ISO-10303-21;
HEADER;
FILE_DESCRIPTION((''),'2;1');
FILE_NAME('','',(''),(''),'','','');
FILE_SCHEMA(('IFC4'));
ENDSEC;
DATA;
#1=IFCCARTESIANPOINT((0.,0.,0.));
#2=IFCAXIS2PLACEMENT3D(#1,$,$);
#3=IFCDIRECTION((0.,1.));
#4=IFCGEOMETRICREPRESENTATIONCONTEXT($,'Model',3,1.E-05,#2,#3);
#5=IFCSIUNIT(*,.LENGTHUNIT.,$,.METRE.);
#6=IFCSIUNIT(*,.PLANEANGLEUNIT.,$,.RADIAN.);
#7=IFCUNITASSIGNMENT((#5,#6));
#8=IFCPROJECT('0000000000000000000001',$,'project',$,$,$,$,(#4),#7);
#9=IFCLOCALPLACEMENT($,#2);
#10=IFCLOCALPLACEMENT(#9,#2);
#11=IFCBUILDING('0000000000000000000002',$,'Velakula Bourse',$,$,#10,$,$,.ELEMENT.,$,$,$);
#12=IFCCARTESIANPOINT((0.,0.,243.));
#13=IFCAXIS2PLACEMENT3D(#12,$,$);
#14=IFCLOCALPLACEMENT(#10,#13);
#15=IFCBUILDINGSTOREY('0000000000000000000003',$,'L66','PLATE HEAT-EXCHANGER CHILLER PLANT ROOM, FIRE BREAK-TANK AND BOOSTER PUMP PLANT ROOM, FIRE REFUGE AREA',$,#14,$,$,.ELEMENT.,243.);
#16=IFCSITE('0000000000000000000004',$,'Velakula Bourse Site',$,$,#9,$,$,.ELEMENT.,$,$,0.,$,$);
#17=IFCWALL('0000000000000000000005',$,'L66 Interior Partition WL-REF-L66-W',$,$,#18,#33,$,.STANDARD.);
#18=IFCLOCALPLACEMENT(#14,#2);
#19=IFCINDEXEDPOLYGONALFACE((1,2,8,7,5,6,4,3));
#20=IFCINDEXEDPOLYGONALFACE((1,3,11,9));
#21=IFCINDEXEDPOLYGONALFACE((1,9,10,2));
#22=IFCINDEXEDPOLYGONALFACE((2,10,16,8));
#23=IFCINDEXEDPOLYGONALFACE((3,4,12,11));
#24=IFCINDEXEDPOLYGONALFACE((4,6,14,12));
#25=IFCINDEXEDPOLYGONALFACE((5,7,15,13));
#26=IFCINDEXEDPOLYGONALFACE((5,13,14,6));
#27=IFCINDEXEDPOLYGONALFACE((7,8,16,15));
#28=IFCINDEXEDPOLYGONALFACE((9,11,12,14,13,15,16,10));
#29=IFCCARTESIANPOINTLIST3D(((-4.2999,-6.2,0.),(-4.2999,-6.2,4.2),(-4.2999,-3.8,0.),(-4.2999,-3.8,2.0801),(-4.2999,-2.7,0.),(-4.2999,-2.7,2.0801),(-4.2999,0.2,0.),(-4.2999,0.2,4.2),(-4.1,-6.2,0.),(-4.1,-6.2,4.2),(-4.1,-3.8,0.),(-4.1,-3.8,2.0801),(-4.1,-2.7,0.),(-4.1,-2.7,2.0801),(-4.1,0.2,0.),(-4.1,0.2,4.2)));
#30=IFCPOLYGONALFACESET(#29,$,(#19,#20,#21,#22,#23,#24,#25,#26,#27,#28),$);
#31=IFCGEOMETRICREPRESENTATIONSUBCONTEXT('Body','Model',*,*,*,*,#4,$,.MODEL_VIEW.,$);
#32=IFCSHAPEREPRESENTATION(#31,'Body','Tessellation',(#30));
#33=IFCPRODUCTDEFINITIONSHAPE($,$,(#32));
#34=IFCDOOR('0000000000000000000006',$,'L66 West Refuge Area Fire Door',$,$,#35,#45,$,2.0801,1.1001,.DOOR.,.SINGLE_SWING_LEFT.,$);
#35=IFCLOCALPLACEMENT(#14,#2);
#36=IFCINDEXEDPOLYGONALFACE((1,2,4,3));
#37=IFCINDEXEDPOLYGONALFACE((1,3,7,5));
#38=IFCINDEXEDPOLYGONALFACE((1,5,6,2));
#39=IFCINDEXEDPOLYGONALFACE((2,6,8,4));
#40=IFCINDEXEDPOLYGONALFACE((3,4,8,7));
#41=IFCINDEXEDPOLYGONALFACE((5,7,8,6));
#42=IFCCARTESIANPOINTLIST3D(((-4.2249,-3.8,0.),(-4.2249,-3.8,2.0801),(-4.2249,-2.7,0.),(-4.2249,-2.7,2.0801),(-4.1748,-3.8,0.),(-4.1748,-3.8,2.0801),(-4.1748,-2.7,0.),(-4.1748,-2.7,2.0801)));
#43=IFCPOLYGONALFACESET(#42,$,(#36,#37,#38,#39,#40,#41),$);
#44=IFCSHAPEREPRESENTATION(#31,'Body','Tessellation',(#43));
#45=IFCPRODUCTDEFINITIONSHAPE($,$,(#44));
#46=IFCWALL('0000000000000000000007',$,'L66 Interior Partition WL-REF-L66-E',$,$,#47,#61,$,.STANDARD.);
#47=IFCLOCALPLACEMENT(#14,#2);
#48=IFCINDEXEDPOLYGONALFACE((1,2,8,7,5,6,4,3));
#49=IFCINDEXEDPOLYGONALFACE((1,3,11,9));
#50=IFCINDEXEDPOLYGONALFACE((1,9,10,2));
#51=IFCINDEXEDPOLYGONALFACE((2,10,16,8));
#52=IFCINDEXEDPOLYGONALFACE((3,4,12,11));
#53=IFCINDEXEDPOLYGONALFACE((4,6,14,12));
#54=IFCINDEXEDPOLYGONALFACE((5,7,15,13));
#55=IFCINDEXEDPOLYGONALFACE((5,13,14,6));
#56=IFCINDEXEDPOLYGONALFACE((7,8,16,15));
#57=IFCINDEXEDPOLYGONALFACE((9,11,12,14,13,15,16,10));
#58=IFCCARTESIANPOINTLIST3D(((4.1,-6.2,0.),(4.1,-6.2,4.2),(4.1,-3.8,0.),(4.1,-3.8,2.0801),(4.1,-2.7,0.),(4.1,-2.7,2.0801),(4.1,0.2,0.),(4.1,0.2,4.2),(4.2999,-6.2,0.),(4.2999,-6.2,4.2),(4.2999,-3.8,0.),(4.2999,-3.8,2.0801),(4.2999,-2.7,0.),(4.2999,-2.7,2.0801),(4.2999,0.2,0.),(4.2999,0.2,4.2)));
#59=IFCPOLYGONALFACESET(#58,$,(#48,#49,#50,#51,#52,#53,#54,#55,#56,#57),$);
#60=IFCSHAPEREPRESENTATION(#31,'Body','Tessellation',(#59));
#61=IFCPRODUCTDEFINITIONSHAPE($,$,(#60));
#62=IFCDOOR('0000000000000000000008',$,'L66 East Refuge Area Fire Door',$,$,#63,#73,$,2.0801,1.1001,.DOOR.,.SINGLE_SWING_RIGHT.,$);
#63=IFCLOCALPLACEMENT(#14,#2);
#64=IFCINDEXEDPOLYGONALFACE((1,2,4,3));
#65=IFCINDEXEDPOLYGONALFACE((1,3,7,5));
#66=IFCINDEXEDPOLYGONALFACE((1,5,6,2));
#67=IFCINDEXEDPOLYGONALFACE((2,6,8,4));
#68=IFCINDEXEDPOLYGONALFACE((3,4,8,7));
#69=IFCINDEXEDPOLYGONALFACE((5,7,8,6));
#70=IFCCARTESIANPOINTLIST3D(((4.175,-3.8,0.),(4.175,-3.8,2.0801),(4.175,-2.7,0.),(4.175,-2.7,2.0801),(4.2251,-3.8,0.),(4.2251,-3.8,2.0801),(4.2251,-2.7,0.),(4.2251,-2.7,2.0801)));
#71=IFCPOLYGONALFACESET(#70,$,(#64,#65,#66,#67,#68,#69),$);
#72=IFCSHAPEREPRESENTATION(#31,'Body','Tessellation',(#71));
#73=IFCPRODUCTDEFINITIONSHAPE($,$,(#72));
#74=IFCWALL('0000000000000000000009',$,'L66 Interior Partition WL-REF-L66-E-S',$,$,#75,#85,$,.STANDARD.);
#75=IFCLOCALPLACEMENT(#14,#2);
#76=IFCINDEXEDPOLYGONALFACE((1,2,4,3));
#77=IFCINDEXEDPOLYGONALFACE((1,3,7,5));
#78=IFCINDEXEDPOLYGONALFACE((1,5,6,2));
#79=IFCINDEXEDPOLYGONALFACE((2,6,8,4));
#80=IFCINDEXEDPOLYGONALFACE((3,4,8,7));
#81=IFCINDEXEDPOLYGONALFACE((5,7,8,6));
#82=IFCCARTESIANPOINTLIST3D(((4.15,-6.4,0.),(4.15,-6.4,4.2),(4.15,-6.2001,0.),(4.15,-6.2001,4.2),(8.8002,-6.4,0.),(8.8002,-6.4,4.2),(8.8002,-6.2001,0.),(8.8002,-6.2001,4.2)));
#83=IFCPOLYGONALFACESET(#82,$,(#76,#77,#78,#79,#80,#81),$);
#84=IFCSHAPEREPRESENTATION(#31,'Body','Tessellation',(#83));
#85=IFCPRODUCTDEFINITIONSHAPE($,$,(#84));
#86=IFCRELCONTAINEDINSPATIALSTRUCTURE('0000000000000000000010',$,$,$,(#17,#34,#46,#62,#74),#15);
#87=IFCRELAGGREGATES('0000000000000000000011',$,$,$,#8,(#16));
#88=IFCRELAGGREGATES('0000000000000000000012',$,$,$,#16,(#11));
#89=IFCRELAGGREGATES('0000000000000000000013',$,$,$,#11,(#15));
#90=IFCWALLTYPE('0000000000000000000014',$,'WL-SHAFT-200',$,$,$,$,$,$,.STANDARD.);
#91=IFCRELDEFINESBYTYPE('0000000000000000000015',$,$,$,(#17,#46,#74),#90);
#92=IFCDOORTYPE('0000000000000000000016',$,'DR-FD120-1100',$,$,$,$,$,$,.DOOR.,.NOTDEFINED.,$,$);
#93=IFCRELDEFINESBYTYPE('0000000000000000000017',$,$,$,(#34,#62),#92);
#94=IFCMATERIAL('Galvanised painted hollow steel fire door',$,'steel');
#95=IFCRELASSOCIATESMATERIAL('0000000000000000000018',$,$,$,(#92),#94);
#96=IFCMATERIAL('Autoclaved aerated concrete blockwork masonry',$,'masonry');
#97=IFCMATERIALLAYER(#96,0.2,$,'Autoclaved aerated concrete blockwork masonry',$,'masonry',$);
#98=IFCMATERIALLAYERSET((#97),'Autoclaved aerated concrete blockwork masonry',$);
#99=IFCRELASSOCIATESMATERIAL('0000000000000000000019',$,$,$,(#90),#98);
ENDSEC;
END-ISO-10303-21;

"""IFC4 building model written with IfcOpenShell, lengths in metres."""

from ifc_helpers import new_model, si_unit, direction, frame, frame_2d, origin, place, context, subcontext, project, spatial, rectangle, extrude, material, layer, layer_set, type_object, element, fill, save


model = new_model("IFC4")

# Units and contexts
model_context = context("Model", 3, precision=1e-05, world=origin(), true_north=direction((0.0, 1.0)))
body_context = subcontext(model_context, "Body", "Model", "MODEL_VIEW")
ifc_project = project(units=[si_unit("LENGTHUNIT", "METRE"), si_unit("PLANEANGLEUNIT", "RADIAN")], contexts=[model_context])

# Site, building, storey
site_placement = place(None, origin())
site = spatial("IfcSite", under=ifc_project, at=site_placement, Name="Velakula Bourse Site", CompositionType="ELEMENT", RefElevation=0.0)
building_placement = place(site_placement, origin())
building = spatial("IfcBuilding", under=site, at=building_placement, Name="Velakula Bourse", CompositionType="ELEMENT")
storey_placement = place(building_placement, frame((0.0, 0.0, 243.0)))
storey = spatial("IfcBuildingStorey", under=building, at=storey_placement, Name="L66", Description="PLATE HEAT-EXCHANGER CHILLER PLANT ROOM, FIRE BREAK-TANK AND BOOSTER PUMP PLANT ROOM, FIRE REFUGE AREA", CompositionType="ELEMENT", Elevation=243.0)

# Shared definitions
ifc_material_1 = material(Name="Galvanised painted hollow steel fire door", Category="steel")
door_type_1 = type_object("IfcDoorType", Name="DR-FD120-1100", OperationType="NOTDEFINED", PredefinedType="DOOR", material=ifc_material_1)

# Shared definitions
ifc_material_2 = material(Name="Autoclaved aerated concrete blockwork masonry", Category="masonry")

# Walls, openings, doors
ifc_layer_1 = layer(ifc_material_2, 0.2, Name="Autoclaved aerated concrete blockwork masonry", Category="masonry")
ifc_layer_set_1 = layer_set([ifc_layer_1], Name="Autoclaved aerated concrete blockwork masonry")
wall_type_1 = type_object("IfcWallType", Name="WL-SHAFT-200", PredefinedType="STANDARD", material=ifc_layer_set_1)
wall_1_placement = place(storey_placement, frame((-4.2, -6.2, 0.0), z_axis=(0.0, 0.0, 1.0), x_axis=(0.0, 1.0, 0.0)))
wall_1 = element("IfcWall", 1, at=wall_1_placement, inside=storey, type_object=wall_type_1, Name="L66 Interior Partition WL-REF-L66-W", PredefinedType="STANDARD", context=body_context, shape_type="SweptSolid", body=[
    extrude(rectangle(XDim=6.3999, YDim=0.2, at=frame_2d((3.2, 0.0))), origin(), (0.0, 0.0, 1.0), 4.2),
])
opening_1_placement = place(wall_1_placement, frame((2.3999, 0.0, 0.0)))
opening_1 = element("IfcOpeningElement", 2, at=opening_1_placement, cuts=wall_1, PredefinedType="OPENING", context=body_context, shape_type="SweptSolid", body=[
    extrude(rectangle(XDim=1.1001, YDim=2.0801, at=frame_2d((0.55, 1.04))), frame((0.0, 0.1099, 0.0), z_axis=(0.0, -1.0, 0.0), x_axis=(1.0, 0.0, 0.0)), (0.0, 0.0, 1.0), 0.22),
])
door_1_placement = place(opening_1_placement, origin())
door_1 = element("IfcDoor", 3, at=door_1_placement, inside=storey, type_object=door_type_1, Name="L66 West Refuge Area Fire Door", OperationType="SINGLE_SWING_LEFT", OverallHeight=2.0801, OverallWidth=1.1001, PredefinedType="DOOR", context=body_context, shape_type="SweptSolid", body=[
    extrude(rectangle(XDim=1.1001, YDim=2.0801, at=frame_2d((0.55, 1.04))), frame((0.0, 0.0249, 0.0), z_axis=(0.0, -1.0, 0.0), x_axis=(1.0, 0.0, 0.0)), (0.0, 0.0, 1.0), 0.05),
])
fill(opening_1, door_1)
wall_2_placement = place(storey_placement, frame((4.2, -6.2, 0.0), z_axis=(0.0, 0.0, 1.0), x_axis=(0.0, 1.0, 0.0)))
wall_2 = element("IfcWall", 4, at=wall_2_placement, inside=storey, type_object=wall_type_1, Name="L66 Interior Partition WL-REF-L66-E", PredefinedType="STANDARD", context=body_context, shape_type="SweptSolid", body=[
    extrude(rectangle(XDim=6.3999, YDim=0.2, at=frame_2d((3.2, 0.0))), origin(), (0.0, 0.0, 1.0), 4.2),
])
opening_2_placement = place(wall_2_placement, frame((2.3999, 0.0, 0.0)))
opening_2 = element("IfcOpeningElement", 5, at=opening_2_placement, cuts=wall_2, PredefinedType="OPENING", context=body_context, shape_type="SweptSolid", body=[
    extrude(rectangle(XDim=1.1001, YDim=2.0801, at=frame_2d((0.55, 1.04))), frame((0.0, 0.1099, 0.0), z_axis=(0.0, -1.0, 0.0), x_axis=(1.0, 0.0, 0.0)), (0.0, 0.0, 1.0), 0.22),
])
door_2_placement = place(opening_2_placement, origin())
door_2 = element("IfcDoor", 6, at=door_2_placement, inside=storey, type_object=door_type_1, Name="L66 East Refuge Area Fire Door", OperationType="SINGLE_SWING_RIGHT", OverallHeight=2.0801, OverallWidth=1.1001, PredefinedType="DOOR", context=body_context, shape_type="SweptSolid", body=[
    extrude(rectangle(XDim=1.1001, YDim=2.0801, at=frame_2d((0.55, 1.04))), frame((0.0, 0.0249, 0.0), z_axis=(0.0, -1.0, 0.0), x_axis=(1.0, 0.0, 0.0)), (0.0, 0.0, 1.0), 0.05),
])
fill(opening_2, door_2)

# Wall
wall_3_placement = place(storey_placement, frame((4.1499, -6.3, 0.0), z_axis=(0.0, 0.0, 1.0), x_axis=(1.0, 0.0, 0.0)))
element("IfcWall", 7, at=wall_3_placement, inside=storey, type_object=wall_type_1, Name="L66 Interior Partition WL-REF-L66-E-S", PredefinedType="STANDARD", context=body_context, shape_type="SweptSolid", body=[
    extrude(rectangle(XDim=4.6501, YDim=0.2, at=frame_2d((2.3252, 0.0))), origin(), (0.0, 0.0, 1.0), 4.2),
])

save(model, "model.ifc")
